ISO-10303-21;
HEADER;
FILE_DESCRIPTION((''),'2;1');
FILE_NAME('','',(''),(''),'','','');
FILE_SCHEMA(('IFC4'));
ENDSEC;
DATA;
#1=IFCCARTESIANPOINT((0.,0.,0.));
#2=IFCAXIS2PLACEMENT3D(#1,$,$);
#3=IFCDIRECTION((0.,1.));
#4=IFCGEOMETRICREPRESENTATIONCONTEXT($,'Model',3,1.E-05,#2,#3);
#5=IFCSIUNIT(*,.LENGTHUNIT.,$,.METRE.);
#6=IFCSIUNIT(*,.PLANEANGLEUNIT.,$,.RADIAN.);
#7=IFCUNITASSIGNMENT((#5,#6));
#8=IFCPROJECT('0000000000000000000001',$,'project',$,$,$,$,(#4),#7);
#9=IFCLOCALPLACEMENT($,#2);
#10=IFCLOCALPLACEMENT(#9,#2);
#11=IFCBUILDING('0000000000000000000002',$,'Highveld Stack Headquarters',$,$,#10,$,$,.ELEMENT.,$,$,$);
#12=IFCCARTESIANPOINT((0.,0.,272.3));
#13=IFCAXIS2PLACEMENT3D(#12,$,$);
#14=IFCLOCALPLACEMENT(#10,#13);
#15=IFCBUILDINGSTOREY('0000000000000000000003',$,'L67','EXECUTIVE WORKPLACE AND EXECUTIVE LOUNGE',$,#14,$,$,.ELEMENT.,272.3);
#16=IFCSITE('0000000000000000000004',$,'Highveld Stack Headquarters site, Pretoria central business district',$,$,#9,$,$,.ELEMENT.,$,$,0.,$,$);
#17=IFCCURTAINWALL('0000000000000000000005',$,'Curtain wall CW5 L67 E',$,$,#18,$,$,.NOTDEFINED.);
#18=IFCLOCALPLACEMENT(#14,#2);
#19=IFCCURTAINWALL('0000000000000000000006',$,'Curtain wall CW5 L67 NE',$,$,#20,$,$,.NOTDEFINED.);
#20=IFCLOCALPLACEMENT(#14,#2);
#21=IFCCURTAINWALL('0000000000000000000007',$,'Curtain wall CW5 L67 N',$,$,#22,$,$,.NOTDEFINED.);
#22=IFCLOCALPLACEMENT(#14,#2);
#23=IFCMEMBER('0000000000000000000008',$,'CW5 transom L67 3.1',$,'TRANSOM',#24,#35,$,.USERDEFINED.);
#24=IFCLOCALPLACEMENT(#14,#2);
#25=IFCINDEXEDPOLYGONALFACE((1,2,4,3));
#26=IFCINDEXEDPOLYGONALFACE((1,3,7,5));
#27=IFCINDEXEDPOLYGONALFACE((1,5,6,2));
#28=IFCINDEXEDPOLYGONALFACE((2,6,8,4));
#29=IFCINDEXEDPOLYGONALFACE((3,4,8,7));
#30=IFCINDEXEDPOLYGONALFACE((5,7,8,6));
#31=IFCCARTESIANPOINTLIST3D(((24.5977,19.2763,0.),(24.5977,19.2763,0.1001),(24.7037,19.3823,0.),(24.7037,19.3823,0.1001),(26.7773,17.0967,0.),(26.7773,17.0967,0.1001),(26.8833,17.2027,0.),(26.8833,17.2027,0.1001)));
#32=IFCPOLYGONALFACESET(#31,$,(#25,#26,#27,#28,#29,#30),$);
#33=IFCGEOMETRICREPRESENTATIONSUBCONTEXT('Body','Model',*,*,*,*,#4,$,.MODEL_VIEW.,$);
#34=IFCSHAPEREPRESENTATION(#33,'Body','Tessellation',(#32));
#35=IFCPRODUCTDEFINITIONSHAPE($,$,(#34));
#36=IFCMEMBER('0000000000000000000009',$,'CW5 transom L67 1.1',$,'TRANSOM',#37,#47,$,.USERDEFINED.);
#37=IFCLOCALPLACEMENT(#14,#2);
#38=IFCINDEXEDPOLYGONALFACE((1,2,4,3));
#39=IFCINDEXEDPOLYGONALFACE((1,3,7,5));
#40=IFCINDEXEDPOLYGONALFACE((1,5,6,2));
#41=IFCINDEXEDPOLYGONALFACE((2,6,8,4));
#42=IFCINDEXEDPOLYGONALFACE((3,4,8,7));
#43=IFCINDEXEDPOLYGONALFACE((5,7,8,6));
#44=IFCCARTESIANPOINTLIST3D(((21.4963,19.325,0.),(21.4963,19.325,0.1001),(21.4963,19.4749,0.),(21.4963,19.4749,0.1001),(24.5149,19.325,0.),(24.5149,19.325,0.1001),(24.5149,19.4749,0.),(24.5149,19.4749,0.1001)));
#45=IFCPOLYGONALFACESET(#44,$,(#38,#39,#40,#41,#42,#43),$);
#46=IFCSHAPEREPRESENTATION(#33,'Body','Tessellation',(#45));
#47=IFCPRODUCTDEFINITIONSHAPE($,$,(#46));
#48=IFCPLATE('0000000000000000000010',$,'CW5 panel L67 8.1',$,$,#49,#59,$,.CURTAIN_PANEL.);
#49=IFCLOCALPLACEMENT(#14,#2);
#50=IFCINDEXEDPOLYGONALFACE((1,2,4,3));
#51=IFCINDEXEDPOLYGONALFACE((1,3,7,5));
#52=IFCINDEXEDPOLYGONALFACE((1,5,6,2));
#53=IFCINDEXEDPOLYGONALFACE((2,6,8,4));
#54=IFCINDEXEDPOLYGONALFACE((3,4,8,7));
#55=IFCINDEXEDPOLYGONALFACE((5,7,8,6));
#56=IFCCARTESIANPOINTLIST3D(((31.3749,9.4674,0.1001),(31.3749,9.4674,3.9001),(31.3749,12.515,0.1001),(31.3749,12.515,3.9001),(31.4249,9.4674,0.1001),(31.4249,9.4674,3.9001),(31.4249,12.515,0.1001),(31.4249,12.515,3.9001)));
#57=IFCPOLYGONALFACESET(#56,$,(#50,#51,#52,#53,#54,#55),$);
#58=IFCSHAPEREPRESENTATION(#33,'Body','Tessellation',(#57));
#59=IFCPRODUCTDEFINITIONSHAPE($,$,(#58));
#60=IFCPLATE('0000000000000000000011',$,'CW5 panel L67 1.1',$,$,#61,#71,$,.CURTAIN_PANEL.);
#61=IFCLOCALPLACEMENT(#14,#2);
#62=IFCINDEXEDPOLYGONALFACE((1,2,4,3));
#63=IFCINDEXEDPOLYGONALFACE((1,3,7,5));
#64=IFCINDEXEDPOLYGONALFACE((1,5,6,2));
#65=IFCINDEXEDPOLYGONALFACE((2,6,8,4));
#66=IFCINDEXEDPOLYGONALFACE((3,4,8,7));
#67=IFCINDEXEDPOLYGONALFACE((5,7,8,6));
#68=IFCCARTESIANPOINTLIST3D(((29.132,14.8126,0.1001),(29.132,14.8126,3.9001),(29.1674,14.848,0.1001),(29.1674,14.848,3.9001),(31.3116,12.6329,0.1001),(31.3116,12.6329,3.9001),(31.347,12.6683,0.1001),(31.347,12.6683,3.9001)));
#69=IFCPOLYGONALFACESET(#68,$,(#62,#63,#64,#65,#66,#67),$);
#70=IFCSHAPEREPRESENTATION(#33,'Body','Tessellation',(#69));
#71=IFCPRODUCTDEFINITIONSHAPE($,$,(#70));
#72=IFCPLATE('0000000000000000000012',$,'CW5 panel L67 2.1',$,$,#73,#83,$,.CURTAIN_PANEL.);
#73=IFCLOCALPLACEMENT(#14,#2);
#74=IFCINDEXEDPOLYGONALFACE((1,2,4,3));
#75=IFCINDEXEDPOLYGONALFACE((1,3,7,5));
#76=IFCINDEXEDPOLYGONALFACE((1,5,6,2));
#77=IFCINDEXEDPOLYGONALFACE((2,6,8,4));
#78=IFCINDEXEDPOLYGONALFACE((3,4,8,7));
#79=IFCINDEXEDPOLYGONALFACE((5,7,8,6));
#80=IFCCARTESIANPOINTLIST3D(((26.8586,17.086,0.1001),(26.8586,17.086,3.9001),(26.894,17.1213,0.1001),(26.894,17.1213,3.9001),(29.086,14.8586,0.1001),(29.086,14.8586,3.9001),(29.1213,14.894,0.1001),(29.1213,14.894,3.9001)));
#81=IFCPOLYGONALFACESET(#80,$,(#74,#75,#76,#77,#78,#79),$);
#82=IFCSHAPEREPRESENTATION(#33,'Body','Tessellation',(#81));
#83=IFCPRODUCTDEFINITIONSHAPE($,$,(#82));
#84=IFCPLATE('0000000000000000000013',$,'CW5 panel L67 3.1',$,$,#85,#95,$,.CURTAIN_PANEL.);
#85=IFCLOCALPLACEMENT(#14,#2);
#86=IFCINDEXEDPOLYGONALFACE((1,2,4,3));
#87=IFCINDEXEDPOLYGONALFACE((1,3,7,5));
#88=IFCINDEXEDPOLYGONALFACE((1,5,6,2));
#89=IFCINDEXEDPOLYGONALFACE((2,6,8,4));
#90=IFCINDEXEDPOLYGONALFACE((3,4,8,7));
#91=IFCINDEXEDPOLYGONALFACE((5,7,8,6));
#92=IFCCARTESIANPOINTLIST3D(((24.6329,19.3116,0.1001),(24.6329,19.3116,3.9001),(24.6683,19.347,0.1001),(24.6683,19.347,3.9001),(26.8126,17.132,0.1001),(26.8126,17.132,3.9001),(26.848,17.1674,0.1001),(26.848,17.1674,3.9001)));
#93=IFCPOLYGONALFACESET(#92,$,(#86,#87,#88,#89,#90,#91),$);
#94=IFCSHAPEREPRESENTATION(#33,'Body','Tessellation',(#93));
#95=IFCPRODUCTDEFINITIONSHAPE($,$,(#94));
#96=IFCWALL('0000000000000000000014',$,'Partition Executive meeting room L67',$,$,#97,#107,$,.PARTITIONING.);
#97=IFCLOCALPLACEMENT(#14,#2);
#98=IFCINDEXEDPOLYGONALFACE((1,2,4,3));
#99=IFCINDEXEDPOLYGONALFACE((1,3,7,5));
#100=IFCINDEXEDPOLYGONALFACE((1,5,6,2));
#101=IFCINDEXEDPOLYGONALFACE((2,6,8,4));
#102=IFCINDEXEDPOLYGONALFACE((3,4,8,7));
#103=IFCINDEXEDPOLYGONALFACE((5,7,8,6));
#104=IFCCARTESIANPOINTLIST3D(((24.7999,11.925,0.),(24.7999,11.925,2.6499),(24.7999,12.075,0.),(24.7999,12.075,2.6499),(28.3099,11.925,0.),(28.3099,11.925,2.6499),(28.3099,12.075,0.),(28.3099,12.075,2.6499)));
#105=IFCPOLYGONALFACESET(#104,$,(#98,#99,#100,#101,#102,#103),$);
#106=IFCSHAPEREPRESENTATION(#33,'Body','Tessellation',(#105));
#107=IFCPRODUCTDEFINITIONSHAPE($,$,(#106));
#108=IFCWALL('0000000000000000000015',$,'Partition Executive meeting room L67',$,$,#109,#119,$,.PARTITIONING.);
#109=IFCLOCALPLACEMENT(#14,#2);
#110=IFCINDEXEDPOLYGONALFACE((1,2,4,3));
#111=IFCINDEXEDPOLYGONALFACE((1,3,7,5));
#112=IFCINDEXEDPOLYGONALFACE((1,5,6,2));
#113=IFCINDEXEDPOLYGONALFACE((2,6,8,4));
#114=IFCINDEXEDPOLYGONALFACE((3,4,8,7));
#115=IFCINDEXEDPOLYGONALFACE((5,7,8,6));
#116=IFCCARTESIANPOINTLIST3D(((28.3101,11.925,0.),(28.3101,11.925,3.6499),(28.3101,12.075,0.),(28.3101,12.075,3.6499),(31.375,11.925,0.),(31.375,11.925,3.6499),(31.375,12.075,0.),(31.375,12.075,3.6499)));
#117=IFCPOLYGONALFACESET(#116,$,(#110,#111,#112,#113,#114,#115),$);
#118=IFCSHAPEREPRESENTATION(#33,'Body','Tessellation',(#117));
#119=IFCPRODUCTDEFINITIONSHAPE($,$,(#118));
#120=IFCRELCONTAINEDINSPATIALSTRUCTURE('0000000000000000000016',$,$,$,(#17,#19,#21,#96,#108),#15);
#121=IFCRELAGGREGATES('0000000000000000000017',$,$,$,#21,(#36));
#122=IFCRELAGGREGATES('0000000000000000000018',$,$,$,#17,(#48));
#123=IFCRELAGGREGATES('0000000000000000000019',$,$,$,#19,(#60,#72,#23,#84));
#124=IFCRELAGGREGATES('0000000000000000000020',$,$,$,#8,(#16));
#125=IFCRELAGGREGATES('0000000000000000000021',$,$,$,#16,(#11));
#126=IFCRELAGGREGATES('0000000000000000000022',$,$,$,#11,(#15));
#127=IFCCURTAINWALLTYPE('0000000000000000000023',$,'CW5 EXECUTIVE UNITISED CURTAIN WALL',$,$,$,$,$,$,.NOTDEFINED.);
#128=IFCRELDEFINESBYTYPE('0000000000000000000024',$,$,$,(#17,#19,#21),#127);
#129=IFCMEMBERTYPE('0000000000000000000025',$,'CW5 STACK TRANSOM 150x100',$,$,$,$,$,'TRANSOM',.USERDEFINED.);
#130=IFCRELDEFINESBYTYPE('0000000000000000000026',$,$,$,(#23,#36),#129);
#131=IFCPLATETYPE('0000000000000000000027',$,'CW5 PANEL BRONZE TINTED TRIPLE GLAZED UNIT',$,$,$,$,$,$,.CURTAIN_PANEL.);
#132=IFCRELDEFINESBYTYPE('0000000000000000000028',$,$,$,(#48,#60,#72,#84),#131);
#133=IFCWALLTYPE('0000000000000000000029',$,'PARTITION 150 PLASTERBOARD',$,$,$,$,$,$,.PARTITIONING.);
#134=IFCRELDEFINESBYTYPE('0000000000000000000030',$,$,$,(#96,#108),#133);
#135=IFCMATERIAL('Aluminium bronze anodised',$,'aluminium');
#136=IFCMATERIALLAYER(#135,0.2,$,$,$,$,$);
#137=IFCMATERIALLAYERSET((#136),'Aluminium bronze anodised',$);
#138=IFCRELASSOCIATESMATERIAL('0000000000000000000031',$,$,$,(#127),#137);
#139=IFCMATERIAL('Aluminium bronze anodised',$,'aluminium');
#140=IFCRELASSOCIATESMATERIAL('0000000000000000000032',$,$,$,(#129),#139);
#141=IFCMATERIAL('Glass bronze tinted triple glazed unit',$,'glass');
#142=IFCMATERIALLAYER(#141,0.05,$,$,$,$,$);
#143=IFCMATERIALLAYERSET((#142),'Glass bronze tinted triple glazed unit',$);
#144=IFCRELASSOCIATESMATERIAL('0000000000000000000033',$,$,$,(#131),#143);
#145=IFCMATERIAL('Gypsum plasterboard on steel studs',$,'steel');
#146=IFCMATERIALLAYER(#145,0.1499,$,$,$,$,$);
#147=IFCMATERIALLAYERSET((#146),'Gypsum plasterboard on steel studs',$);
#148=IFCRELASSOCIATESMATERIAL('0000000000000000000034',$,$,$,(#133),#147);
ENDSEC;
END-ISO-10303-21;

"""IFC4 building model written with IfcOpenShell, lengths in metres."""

from ifc_helpers import new_model, si_unit, direction, frame, frame_2d, origin, origin_2d, place, context, subcontext, project, spatial, rectangle, extrude, material, layer, layer_set, material_profile, profile_set, type_object, element, aggregate, save


model = new_model("IFC4")

# Units and contexts
model_context = context("Model", 3, precision=1e-05, world=origin(), true_north=direction((0.0, 1.0)))
body_context = subcontext(model_context, "Body", "Model", "MODEL_VIEW")
ifc_project = project(units=[si_unit("LENGTHUNIT", "METRE"), si_unit("PLANEANGLEUNIT", "RADIAN")], contexts=[model_context])

# Site, building, storey
site_placement = place(None, origin())
site = spatial("IfcSite", under=ifc_project, at=site_placement, Name="Highveld Stack Headquarters site, Pretoria central business district", CompositionType="ELEMENT", RefElevation=0.0)
building_placement = place(site_placement, origin())
building = spatial("IfcBuilding", under=site, at=building_placement, Name="Highveld Stack Headquarters", CompositionType="ELEMENT")
storey_placement = place(building_placement, frame((0.0, 0.0, 272.3)))
storey = spatial("IfcBuildingStorey", under=building, at=storey_placement, Name="L67", Description="EXECUTIVE WORKPLACE AND EXECUTIVE LOUNGE", CompositionType="ELEMENT", Elevation=272.3)

# Curtain wall
ifc_material_1 = material(Name="Aluminium bronze anodised", Category="aluminium")
ifc_layer_1 = layer(ifc_material_1, 0.2)
ifc_layer_set_1 = layer_set([ifc_layer_1], Name="Aluminium bronze anodised")
curtain_wall_type = type_object("IfcCurtainWallType", Name="CW5 EXECUTIVE UNITISED CURTAIN WALL", PredefinedType="NOTDEFINED", material=ifc_layer_set_1)
curtain_wall_1_placement = place(storey_placement, origin())
curtain_wall_1 = element("IfcCurtainWall", 1, at=curtain_wall_1_placement, inside=storey, type_object=curtain_wall_type, Name="Curtain wall CW5 L67 E", PredefinedType="NOTDEFINED")

# Curtain wall
curtain_wall_2_placement = place(storey_placement, origin())
curtain_wall_2 = element("IfcCurtainWall", 2, at=curtain_wall_2_placement, inside=storey, type_object=curtain_wall_type, Name="Curtain wall CW5 L67 NE", PredefinedType="NOTDEFINED")

# Curtain wall
curtain_wall_3_placement = place(storey_placement, origin())
curtain_wall_3 = element("IfcCurtainWall", 3, at=curtain_wall_3_placement, inside=storey, type_object=curtain_wall_type, Name="Curtain wall CW5 L67 N", PredefinedType="NOTDEFINED")

# Members
ifc_material_2 = material(Name="Aluminium bronze anodised", Category="aluminium")
ifc_material_profile_1 = material_profile(ifc_material_2, rectangle(XDim=0.1499, YDim=0.1001, at=origin_2d()), Name="CW5 TRANSOM 150x100")
ifc_profile_set_1 = profile_set([ifc_material_profile_1], Name="Aluminium bronze anodised")
member_type_1 = type_object("IfcMemberType", Name="CW5 STACK TRANSOM 150x100", ElementType="TRANSOM", PredefinedType="USERDEFINED", material=ifc_profile_set_1)
member_1_placement = place(storey_placement, frame((26.8303, 17.1497, 0.05), z_axis=(-0.707107, 0.707107, 0.0), x_axis=(-0.707107, -0.707107, 0.0)))
member_1 = element("IfcMember", 4, at=member_1_placement, type_object=member_type_1, Name="CW5 transom L67 3.1", ObjectType="TRANSOM", PredefinedType="USERDEFINED", context=body_context, shape_type="SweptSolid", body=[
    extrude(rectangle(XDim=0.1499, YDim=0.1001, at=origin_2d()), origin(), (0.0, 0.0, 1.0), 3.0825),
])
member_2_placement = place(storey_placement, frame((24.5149, 19.3999, 0.05), z_axis=(-1.0, 0.0, 0.0), x_axis=(0.0, -1.0, 0.0)))
member_2 = element("IfcMember", 5, at=member_2_placement, type_object=member_type_1, Name="CW5 transom L67 1.1", ObjectType="TRANSOM", PredefinedType="USERDEFINED", context=body_context, shape_type="SweptSolid", body=[
    extrude(rectangle(XDim=0.1499, YDim=0.1001, at=origin_2d()), origin(), (0.0, 0.0, 1.0), 3.0186),
])
aggregate(curtain_wall_3, [member_2])

# Plates
ifc_material_3 = material(Name="Glass bronze tinted triple glazed unit", Category="glass")
ifc_layer_2 = layer(ifc_material_3, 0.05)
ifc_layer_set_2 = layer_set([ifc_layer_2], Name="Glass bronze tinted triple glazed unit")
plate_type = type_object("IfcPlateType", Name="CW5 PANEL BRONZE TINTED TRIPLE GLAZED UNIT", PredefinedType="CURTAIN_PANEL", material=ifc_layer_set_2)
plate_1_placement = place(storey_placement, frame((31.3999, 10.9912, 0.1001), z_axis=(0.0, 0.0, 1.0), x_axis=(0.0, 1.0, 0.0)))
plate_1 = element("IfcPlate", 6, at=plate_1_placement, type_object=plate_type, Name="CW5 panel L67 8.1", PredefinedType="CURTAIN_PANEL", context=body_context, shape_type="SweptSolid", body=[
    extrude(rectangle(XDim=3.0476, YDim=0.05, at=origin_2d()), origin(), (0.0, 0.0, 1.0), 3.8),
])
aggregate(curtain_wall_1, [plate_1])
plate_2_placement = place(storey_placement, frame((30.2395, 13.7405, 0.1001), z_axis=(0.0, 0.0, 1.0), x_axis=(-0.707107, 0.707107, 0.0)))
plate_2 = element("IfcPlate", 7, at=plate_2_placement, type_object=plate_type, Name="CW5 panel L67 1.1", PredefinedType="CURTAIN_PANEL", context=body_context, shape_type="SweptSolid", body=[
    extrude(rectangle(XDim=3.0825, YDim=0.05, at=origin_2d()), origin(), (0.0, 0.0, 1.0), 3.8),
])
plate_3_placement = place(storey_placement, frame((27.99, 15.99, 0.1001), z_axis=(0.0, 0.0, 1.0), x_axis=(-0.707107, 0.707107, 0.0)))
plate_3 = element("IfcPlate", 8, at=plate_3_placement, type_object=plate_type, Name="CW5 panel L67 2.1", PredefinedType="CURTAIN_PANEL", context=body_context, shape_type="SweptSolid", body=[
    extrude(rectangle(XDim=3.1499, YDim=0.05, at=origin_2d()), origin(), (0.0, 0.0, 1.0), 3.8),
])
plate_4_placement = place(storey_placement, frame((25.7405, 18.2395, 0.1001), z_axis=(0.0, 0.0, 1.0), x_axis=(-0.707107, 0.707107, 0.0)))
plate_4 = element("IfcPlate", 9, at=plate_4_placement, type_object=plate_type, Name="CW5 panel L67 3.1", PredefinedType="CURTAIN_PANEL", context=body_context, shape_type="SweptSolid", body=[
    extrude(rectangle(XDim=3.0825, YDim=0.05, at=origin_2d()), origin(), (0.0, 0.0, 1.0), 3.8),
])
aggregate(curtain_wall_2, [plate_2, plate_3, member_1, plate_4])

# Walls
ifc_material_4 = material(Name="Gypsum plasterboard on steel studs", Category="steel")
ifc_layer_3 = layer(ifc_material_4, 0.1499)
ifc_layer_set_3 = layer_set([ifc_layer_3], Name="Gypsum plasterboard on steel studs")
wall_type = type_object("IfcWallType", Name="PARTITION 150 PLASTERBOARD", PredefinedType="PARTITIONING", material=ifc_layer_set_3)
wall_1_placement = place(storey_placement, frame((24.8, 12.0, 0.0), z_axis=(0.0, 0.0, 1.0), x_axis=(1.0, 0.0, 0.0)))
element("IfcWall", 10, at=wall_1_placement, inside=storey, type_object=wall_type, Name="Partition Executive meeting room L67", PredefinedType="PARTITIONING", context=body_context, shape_type="SweptSolid", body=[
    extrude(rectangle(XDim=3.51, YDim=0.1499, at=frame_2d((1.7549, 0.0))), origin(), (0.0, 0.0, 1.0), 2.6499),
])
wall_2_placement = place(storey_placement, frame((28.3101, 12.0, 0.0), z_axis=(0.0, 0.0, 1.0), x_axis=(1.0, 0.0, 0.0)))
element("IfcWall", 11, at=wall_2_placement, inside=storey, type_object=wall_type, Name="Partition Executive meeting room L67", PredefinedType="PARTITIONING", context=body_context, shape_type="SweptSolid", body=[
    extrude(rectangle(XDim=3.0649, YDim=0.1499, at=frame_2d((1.5325, 0.0))), origin(), (0.0, 0.0, 1.0), 3.6499),
])

save(model, "model.ifc")
